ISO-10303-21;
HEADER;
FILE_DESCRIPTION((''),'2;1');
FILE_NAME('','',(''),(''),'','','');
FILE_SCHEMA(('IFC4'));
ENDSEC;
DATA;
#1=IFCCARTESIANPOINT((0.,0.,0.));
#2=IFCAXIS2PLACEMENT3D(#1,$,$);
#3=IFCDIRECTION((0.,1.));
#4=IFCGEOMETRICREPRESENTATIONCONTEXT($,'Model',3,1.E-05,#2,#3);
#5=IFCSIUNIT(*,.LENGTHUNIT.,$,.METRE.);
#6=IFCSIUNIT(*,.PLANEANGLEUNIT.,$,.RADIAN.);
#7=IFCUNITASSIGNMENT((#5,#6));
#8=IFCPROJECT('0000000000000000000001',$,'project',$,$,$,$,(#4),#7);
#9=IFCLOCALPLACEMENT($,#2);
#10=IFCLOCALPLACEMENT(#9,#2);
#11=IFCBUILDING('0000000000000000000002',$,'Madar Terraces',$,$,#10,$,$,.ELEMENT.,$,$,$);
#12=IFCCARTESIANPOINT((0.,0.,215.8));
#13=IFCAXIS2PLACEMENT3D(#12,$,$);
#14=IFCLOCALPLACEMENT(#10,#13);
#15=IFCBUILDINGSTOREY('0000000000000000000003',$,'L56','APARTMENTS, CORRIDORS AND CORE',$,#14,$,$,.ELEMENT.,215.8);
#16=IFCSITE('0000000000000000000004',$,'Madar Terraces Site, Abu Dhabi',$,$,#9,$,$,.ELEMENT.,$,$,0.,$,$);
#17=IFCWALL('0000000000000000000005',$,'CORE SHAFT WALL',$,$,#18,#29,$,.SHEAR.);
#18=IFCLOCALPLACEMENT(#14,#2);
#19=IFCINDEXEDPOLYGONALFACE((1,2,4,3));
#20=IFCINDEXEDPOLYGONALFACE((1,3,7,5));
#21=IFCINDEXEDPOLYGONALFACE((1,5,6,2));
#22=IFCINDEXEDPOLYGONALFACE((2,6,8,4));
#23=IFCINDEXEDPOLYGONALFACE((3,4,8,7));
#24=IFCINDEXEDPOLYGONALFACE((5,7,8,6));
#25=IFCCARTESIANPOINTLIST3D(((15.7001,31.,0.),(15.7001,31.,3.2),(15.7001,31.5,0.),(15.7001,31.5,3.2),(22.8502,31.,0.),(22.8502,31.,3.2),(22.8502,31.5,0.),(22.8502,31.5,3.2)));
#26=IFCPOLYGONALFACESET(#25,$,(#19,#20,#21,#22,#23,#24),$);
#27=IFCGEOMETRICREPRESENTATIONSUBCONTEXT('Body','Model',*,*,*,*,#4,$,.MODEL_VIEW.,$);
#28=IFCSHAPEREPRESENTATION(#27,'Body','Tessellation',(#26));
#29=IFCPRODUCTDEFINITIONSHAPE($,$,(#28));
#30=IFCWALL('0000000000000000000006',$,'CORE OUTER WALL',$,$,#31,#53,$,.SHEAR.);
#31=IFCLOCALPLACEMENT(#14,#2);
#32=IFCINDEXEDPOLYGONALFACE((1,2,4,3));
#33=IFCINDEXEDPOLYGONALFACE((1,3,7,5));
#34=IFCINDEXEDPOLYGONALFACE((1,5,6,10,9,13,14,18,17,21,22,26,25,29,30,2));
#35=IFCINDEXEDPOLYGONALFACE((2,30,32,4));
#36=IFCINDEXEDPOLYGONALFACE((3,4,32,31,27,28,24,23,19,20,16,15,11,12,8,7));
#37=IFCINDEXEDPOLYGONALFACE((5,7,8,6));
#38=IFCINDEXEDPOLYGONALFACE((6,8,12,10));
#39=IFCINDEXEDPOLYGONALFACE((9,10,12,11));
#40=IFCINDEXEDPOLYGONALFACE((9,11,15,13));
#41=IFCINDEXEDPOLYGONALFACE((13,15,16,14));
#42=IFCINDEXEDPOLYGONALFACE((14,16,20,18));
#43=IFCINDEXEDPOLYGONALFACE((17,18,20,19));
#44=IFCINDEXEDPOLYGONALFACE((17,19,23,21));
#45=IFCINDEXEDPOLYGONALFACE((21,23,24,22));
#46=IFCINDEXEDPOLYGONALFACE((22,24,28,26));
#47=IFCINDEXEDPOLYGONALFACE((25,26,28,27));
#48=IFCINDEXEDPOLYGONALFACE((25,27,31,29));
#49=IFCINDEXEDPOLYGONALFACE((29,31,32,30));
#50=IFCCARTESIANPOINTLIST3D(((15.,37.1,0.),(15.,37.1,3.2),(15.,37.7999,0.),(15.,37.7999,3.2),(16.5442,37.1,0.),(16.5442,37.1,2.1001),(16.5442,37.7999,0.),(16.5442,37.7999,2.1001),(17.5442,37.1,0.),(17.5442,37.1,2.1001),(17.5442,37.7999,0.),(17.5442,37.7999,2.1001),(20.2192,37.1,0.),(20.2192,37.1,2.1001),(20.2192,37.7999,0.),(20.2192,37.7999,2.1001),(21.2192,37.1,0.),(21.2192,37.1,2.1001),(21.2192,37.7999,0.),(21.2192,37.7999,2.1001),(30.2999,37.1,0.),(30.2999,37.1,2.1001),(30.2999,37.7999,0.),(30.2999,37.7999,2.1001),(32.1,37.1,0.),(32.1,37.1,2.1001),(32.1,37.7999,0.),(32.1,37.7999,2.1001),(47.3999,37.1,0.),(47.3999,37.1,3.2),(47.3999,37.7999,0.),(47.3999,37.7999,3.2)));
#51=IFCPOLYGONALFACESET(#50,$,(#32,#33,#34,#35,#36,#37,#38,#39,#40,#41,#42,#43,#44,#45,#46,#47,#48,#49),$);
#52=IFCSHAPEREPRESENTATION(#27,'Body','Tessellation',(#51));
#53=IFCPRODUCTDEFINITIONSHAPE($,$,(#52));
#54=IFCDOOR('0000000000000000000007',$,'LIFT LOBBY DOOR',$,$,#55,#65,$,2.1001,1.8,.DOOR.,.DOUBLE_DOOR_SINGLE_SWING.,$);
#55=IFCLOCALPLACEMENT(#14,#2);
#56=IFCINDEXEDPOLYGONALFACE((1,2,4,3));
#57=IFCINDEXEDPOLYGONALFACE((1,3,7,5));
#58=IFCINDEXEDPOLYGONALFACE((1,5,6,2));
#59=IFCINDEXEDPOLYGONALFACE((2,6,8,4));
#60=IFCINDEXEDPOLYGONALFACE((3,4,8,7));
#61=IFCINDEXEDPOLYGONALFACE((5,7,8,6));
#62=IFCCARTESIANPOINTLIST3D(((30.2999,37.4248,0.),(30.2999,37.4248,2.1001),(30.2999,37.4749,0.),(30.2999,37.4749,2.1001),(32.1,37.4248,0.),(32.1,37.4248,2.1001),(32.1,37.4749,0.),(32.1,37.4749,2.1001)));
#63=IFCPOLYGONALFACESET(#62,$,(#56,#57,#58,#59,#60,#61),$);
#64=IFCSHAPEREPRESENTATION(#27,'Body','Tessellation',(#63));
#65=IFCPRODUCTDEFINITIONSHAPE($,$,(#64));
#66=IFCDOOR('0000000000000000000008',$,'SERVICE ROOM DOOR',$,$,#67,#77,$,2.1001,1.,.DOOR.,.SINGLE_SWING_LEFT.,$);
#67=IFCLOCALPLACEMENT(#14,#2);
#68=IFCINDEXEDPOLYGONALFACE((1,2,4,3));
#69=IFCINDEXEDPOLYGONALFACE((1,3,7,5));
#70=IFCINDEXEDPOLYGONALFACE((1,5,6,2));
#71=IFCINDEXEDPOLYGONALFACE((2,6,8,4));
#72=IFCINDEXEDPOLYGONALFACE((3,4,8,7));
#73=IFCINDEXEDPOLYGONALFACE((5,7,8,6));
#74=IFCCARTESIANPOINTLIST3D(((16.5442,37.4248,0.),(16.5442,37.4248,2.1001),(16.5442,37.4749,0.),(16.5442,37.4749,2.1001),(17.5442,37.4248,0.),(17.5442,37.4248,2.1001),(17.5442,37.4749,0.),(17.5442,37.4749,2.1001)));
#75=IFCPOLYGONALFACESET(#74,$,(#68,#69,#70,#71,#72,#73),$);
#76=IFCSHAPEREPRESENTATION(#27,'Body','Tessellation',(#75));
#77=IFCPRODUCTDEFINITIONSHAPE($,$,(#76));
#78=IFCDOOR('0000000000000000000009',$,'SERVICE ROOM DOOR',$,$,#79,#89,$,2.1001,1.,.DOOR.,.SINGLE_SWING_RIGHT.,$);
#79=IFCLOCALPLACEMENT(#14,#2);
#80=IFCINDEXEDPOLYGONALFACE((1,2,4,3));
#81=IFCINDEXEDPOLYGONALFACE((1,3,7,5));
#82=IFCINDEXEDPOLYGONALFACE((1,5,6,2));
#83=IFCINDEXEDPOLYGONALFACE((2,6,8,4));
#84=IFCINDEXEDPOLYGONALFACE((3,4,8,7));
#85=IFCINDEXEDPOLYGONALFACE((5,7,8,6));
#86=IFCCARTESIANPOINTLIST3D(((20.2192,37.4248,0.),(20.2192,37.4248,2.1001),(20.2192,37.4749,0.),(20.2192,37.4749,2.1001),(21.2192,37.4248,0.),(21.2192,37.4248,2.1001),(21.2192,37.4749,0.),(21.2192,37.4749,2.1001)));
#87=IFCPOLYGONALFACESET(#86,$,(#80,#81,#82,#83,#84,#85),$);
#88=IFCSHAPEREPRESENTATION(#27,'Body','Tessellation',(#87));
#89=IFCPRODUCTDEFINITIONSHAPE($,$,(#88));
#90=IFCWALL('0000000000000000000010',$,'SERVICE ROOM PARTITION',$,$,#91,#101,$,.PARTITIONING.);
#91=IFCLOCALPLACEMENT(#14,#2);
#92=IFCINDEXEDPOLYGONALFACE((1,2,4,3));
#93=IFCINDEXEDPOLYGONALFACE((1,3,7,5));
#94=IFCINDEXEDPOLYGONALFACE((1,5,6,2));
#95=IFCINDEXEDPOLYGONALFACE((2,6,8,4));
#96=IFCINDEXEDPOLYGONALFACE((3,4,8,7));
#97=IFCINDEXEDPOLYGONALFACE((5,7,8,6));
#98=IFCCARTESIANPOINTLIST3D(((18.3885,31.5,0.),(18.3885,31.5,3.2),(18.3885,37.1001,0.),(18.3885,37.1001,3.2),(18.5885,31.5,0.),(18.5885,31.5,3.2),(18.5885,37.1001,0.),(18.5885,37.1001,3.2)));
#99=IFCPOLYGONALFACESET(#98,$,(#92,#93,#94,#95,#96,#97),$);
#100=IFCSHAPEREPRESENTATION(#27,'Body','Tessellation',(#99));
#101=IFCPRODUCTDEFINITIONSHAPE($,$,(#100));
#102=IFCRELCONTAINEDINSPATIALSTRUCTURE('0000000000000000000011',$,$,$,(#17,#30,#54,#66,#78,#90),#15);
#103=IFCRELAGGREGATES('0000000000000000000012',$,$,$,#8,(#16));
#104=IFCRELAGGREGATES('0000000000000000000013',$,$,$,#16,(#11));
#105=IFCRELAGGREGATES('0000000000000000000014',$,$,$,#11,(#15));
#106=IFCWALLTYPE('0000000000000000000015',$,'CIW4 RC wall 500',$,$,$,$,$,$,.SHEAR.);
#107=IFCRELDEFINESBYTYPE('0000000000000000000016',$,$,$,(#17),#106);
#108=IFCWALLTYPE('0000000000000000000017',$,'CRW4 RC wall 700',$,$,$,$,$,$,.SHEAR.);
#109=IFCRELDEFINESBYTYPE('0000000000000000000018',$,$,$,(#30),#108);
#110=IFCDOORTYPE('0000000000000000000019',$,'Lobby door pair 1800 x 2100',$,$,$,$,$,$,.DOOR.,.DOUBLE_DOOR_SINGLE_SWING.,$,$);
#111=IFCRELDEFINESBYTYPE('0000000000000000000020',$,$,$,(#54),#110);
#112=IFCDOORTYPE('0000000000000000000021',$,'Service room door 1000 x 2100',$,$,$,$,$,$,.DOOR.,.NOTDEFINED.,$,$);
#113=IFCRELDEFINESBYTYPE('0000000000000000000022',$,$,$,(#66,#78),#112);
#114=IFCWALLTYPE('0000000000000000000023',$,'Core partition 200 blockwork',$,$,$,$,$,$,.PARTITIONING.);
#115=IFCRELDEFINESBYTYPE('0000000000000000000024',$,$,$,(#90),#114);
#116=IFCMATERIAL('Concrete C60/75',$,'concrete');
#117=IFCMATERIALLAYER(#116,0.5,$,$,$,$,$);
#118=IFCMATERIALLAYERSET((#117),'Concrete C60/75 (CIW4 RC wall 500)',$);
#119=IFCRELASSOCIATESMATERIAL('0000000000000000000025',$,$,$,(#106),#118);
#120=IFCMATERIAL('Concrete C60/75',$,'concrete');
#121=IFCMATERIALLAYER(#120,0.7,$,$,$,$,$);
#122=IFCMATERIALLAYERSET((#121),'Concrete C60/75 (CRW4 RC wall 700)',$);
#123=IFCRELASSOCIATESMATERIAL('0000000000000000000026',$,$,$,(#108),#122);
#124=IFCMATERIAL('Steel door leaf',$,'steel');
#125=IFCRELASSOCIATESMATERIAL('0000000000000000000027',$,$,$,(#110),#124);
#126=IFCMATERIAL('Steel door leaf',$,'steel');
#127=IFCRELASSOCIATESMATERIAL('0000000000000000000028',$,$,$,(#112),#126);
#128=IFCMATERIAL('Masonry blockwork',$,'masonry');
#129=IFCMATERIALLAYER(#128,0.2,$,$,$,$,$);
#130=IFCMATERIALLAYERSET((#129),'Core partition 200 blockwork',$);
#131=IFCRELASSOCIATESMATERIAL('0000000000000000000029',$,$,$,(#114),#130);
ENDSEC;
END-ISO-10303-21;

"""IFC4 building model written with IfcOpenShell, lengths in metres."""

from ifc_helpers import new_model, si_unit, direction, frame, frame_2d, origin, place, context, subcontext, project, spatial, rectangle, extrude, material, layer, layer_set, type_object, element, fill, save


model = new_model("IFC4")

# Units and contexts
model_context = context("Model", 3, precision=1e-05, world=origin(), true_north=direction((0.0, 1.0)))
body_context = subcontext(model_context, "Body", "Model", "MODEL_VIEW")
ifc_project = project(units=[si_unit("LENGTHUNIT", "METRE"), si_unit("PLANEANGLEUNIT", "RADIAN")], contexts=[model_context])

# Site, building, storey
site_placement = place(None, origin())
site = spatial("IfcSite", under=ifc_project, at=site_placement, Name="Madar Terraces Site, Abu Dhabi", CompositionType="ELEMENT", RefElevation=0.0)
building_placement = place(site_placement, origin())
building = spatial("IfcBuilding", under=site, at=building_placement, Name="Madar Terraces", CompositionType="ELEMENT")
storey_placement = place(building_placement, frame((0.0, 0.0, 215.8)))
storey = spatial("IfcBuildingStorey", under=building, at=storey_placement, Name="L56", Description="APARTMENTS, CORRIDORS AND CORE", CompositionType="ELEMENT", Elevation=215.8)

# Wall
ifc_material_1 = material(Name="Concrete C60/75", Category="concrete")
ifc_layer_1 = layer(ifc_material_1, 0.5)
ifc_layer_set_1 = layer_set([ifc_layer_1], Name="Concrete C60/75 (CIW4 RC wall 500)")
wall_type_1 = type_object("IfcWallType", Name="CIW4 RC wall 500", PredefinedType="SHEAR", material=ifc_layer_set_1)
wall_1_placement = place(storey_placement, frame((15.7, 31.25, 0.0), z_axis=(0.0, 0.0, 1.0), x_axis=(1.0, 0.0, 0.0)))
element("IfcWall", 1, at=wall_1_placement, inside=storey, type_object=wall_type_1, Name="CORE SHAFT WALL", PredefinedType="SHEAR", context=body_context, shape_type="SweptSolid", body=[
    extrude(rectangle(XDim=7.1501, YDim=0.5, at=frame_2d((3.5752, 0.0))), origin(), (0.0, 0.0, 1.0), 3.2),
])

# Wall, openings, doors
ifc_material_2 = material(Name="Concrete C60/75", Category="concrete")
ifc_layer_2 = layer(ifc_material_2, 0.7)
ifc_layer_set_2 = layer_set([ifc_layer_2], Name="Concrete C60/75 (CRW4 RC wall 700)")
wall_type_2 = type_object("IfcWallType", Name="CRW4 RC wall 700", PredefinedType="SHEAR", material=ifc_layer_set_2)
wall_2_placement = place(storey_placement, frame((15.0, 37.45, 0.0), z_axis=(0.0, 0.0, 1.0), x_axis=(1.0, 0.0, 0.0)))
wall_2 = element("IfcWall", 2, at=wall_2_placement, inside=storey, type_object=wall_type_2, Name="CORE OUTER WALL", PredefinedType="SHEAR", context=body_context, shape_type="SweptSolid", body=[
    extrude(rectangle(XDim=32.3999, YDim=0.7, at=frame_2d((16.2, 0.0))), origin(), (0.0, 0.0, 1.0), 3.2),
])
opening_1_placement = place(wall_2_placement, frame((15.3, 0.0, 0.0)))
opening_1 = element("IfcOpeningElement", 3, at=opening_1_placement, cuts=wall_2, PredefinedType="OPENING", context=body_context, shape_type="SweptSolid", body=[
    extrude(rectangle(XDim=1.8, YDim=2.1001, at=frame_2d((0.8999, 1.05))), frame((0.0, 0.3599, 0.0), z_axis=(0.0, -1.0, 0.0), x_axis=(1.0, 0.0, 0.0)), (0.0, 0.0, 1.0), 0.72),
])
opening_2_placement = place(wall_2_placement, frame((1.5442, 0.0, 0.0)))
opening_2 = element("IfcOpeningElement", 4, at=opening_2_placement, cuts=wall_2, PredefinedType="OPENING", context=body_context, shape_type="SweptSolid", body=[
    extrude(rectangle(XDim=1.0, YDim=2.1001, at=frame_2d((0.5, 1.05))), frame((0.0, 0.3599, 0.0), z_axis=(0.0, -1.0, 0.0), x_axis=(1.0, 0.0, 0.0)), (0.0, 0.0, 1.0), 0.72),
])
opening_3_placement = place(wall_2_placement, frame((5.2192, 0.0, 0.0)))
opening_3 = element("IfcOpeningElement", 5, at=opening_3_placement, cuts=wall_2, PredefinedType="OPENING", context=body_context, shape_type="SweptSolid", body=[
    extrude(rectangle(XDim=1.0, YDim=2.1001, at=frame_2d((0.5, 1.05))), frame((0.0, 0.3599, 0.0), z_axis=(0.0, -1.0, 0.0), x_axis=(1.0, 0.0, 0.0)), (0.0, 0.0, 1.0), 0.72),
])
ifc_material_3 = material(Name="Steel door leaf", Category="steel")
door_type_1 = type_object("IfcDoorType", Name="Lobby door pair 1800 x 2100", OperationType="DOUBLE_DOOR_SINGLE_SWING", PredefinedType="DOOR", material=ifc_material_3)
door_1_placement = place(opening_1_placement, origin())
door_1 = element("IfcDoor", 6, at=door_1_placement, inside=storey, type_object=door_type_1, Name="LIFT LOBBY DOOR", OperationType="DOUBLE_DOOR_SINGLE_SWING", OverallHeight=2.1001, OverallWidth=1.8, PredefinedType="DOOR", context=body_context, shape_type="SweptSolid", body=[
    extrude(rectangle(XDim=1.8, YDim=2.1001, at=frame_2d((0.8999, 1.05))), frame((0.0, 0.0249, 0.0), z_axis=(0.0, -1.0, 0.0), x_axis=(1.0, 0.0, 0.0)), (0.0, 0.0, 1.0), 0.05),
])
fill(opening_1, door_1)
ifc_material_4 = material(Name="Steel door leaf", Category="steel")
door_type_2 = type_object("IfcDoorType", Name="Service room door 1000 x 2100", OperationType="NOTDEFINED", PredefinedType="DOOR", material=ifc_material_4)
door_2_placement = place(opening_2_placement, origin())
door_2 = element("IfcDoor", 7, at=door_2_placement, inside=storey, type_object=door_type_2, Name="SERVICE ROOM DOOR", OperationType="SINGLE_SWING_LEFT", OverallHeight=2.1001, OverallWidth=1.0, PredefinedType="DOOR", context=body_context, shape_type="SweptSolid", body=[
    extrude(rectangle(XDim=1.0, YDim=2.1001, at=frame_2d((0.5, 1.05))), frame((0.0, 0.0249, 0.0), z_axis=(0.0, -1.0, 0.0), x_axis=(1.0, 0.0, 0.0)), (0.0, 0.0, 1.0), 0.05),
])
fill(opening_2, door_2)
door_3_placement = place(opening_3_placement, origin())
door_3 = element("IfcDoor", 8, at=door_3_placement, inside=storey, type_object=door_type_2, Name="SERVICE ROOM DOOR", OperationType="SINGLE_SWING_RIGHT", OverallHeight=2.1001, OverallWidth=1.0, PredefinedType="DOOR", context=body_context, shape_type="SweptSolid", body=[
    extrude(rectangle(XDim=1.0, YDim=2.1001, at=frame_2d((0.5, 1.05))), frame((0.0, 0.0249, 0.0), z_axis=(0.0, -1.0, 0.0), x_axis=(1.0, 0.0, 0.0)), (0.0, 0.0, 1.0), 0.05),
])
fill(opening_3, door_3)

# Wall
ifc_material_5 = material(Name="Masonry blockwork", Category="masonry")
ifc_layer_3 = layer(ifc_material_5, 0.2)
ifc_layer_set_3 = layer_set([ifc_layer_3], Name="Core partition 200 blockwork")
wall_type_3 = type_object("IfcWallType", Name="Core partition 200 blockwork", PredefinedType="PARTITIONING", material=ifc_layer_set_3)
wall_3_placement = place(storey_placement, frame((18.4885, 31.5, 0.0), z_axis=(0.0, 0.0, 1.0), x_axis=(0.0, 1.0, 0.0)))
element("IfcWall", 9, at=wall_3_placement, inside=storey, type_object=wall_type_3, Name="SERVICE ROOM PARTITION", PredefinedType="PARTITIONING", context=body_context, shape_type="SweptSolid", body=[
    extrude(rectangle(XDim=5.6001, YDim=0.2, at=frame_2d((2.8, 0.0))), origin(), (0.0, 0.0, 1.0), 3.2),
])

save(model, "model.ifc")
